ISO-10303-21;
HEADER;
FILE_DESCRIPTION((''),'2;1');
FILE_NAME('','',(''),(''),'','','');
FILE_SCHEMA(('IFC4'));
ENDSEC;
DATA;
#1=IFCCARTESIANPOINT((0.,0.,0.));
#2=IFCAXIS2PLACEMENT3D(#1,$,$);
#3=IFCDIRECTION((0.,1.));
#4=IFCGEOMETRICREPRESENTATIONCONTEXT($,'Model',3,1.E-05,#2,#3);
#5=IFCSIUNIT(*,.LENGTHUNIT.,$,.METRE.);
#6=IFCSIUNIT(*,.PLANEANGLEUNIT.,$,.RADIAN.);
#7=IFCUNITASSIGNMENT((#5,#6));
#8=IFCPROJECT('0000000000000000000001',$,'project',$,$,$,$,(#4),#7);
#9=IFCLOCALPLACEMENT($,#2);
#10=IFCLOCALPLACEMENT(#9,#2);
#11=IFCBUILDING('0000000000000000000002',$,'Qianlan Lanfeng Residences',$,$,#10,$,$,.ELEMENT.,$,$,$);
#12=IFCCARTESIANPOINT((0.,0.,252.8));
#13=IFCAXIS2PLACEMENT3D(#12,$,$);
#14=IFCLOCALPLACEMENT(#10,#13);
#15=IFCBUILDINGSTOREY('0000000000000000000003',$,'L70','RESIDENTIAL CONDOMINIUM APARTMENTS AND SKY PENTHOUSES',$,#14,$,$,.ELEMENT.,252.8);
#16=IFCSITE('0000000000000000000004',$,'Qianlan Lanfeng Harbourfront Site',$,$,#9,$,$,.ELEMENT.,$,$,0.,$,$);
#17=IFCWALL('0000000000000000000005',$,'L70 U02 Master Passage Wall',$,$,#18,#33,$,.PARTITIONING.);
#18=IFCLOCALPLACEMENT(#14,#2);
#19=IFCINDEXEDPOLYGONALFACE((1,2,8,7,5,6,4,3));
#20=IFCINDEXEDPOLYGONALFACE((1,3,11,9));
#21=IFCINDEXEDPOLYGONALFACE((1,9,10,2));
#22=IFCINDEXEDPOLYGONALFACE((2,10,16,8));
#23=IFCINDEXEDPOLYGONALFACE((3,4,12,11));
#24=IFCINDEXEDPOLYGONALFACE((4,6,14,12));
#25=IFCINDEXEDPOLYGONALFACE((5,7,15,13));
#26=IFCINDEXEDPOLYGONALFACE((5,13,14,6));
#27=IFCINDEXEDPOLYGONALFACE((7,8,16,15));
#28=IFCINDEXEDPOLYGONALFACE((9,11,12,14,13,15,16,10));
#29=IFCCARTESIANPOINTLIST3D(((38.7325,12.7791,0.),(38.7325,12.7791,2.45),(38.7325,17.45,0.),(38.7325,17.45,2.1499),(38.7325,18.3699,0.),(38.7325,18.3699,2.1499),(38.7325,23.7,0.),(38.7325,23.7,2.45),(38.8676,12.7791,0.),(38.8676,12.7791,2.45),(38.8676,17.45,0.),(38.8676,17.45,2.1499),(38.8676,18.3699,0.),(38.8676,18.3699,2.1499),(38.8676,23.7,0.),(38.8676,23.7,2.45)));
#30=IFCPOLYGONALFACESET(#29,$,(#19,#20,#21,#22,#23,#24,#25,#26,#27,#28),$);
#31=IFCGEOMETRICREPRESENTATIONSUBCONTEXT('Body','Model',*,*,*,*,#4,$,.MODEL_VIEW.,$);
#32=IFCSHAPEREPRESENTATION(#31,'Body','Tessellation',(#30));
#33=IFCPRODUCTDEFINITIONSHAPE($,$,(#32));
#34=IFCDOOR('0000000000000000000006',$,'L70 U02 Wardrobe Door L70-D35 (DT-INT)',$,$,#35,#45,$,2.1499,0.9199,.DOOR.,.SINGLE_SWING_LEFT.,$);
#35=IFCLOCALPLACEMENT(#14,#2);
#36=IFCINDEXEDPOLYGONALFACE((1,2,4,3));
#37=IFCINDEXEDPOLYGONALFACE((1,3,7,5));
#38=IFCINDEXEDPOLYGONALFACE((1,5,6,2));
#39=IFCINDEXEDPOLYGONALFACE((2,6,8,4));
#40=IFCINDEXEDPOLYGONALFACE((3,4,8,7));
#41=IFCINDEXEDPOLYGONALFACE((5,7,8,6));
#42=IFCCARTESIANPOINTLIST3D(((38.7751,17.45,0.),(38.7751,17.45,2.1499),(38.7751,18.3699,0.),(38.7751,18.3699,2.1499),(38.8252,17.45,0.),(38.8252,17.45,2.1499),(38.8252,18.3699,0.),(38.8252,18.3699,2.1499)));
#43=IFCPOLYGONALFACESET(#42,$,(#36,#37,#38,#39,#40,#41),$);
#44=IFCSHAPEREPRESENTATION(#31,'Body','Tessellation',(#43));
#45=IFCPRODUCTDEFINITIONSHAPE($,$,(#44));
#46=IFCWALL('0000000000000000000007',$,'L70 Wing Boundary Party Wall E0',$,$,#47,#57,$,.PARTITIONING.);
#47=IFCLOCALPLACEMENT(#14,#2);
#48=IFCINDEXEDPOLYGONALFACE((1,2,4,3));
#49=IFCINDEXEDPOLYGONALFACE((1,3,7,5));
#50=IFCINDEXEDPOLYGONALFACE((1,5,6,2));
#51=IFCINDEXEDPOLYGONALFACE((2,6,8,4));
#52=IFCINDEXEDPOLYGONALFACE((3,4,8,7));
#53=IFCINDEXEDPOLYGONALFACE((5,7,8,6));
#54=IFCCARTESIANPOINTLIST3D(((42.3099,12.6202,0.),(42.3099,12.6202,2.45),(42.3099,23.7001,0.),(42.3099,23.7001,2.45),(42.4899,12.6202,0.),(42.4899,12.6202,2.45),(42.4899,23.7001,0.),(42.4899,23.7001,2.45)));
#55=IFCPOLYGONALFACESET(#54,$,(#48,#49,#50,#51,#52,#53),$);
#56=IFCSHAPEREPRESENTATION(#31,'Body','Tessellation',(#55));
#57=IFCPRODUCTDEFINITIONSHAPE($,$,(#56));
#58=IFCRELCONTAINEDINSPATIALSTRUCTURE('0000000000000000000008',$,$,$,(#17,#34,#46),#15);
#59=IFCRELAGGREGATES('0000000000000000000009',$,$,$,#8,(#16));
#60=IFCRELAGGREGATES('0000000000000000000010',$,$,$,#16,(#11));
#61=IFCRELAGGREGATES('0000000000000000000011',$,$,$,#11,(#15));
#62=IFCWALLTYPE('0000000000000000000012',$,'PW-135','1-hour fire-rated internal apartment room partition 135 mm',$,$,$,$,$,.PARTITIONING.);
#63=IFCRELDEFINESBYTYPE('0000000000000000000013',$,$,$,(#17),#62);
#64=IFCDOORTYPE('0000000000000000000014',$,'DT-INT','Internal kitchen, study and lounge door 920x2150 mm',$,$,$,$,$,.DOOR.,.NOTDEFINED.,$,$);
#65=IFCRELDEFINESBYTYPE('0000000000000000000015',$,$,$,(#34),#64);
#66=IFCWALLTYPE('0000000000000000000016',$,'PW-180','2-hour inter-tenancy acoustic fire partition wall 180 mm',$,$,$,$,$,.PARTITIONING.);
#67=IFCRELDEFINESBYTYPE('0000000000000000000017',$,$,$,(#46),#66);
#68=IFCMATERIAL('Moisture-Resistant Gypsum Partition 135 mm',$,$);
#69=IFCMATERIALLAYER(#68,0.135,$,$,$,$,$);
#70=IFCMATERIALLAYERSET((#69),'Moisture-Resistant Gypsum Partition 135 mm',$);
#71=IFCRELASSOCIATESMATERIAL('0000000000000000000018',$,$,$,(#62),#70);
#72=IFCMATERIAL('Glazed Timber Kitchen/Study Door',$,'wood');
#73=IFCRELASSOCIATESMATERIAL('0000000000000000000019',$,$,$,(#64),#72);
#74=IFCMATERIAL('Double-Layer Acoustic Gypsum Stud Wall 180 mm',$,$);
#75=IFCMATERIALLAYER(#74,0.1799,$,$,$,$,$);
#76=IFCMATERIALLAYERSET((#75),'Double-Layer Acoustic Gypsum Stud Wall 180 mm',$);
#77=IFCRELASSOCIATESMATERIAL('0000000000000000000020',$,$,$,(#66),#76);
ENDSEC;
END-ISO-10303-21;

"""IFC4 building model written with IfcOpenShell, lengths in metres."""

from ifc_helpers import new_model, si_unit, direction, frame, frame_2d, origin, place, context, subcontext, project, spatial, rectangle, extrude, material, layer, layer_set, type_object, element, fill, save


model = new_model("IFC4")

# Units and contexts
model_context = context("Model", 3, precision=1e-05, world=origin(), true_north=direction((0.0, 1.0)))
body_context = subcontext(model_context, "Body", "Model", "MODEL_VIEW")
ifc_project = project(units=[si_unit("LENGTHUNIT", "METRE"), si_unit("PLANEANGLEUNIT", "RADIAN")], contexts=[model_context])

# Site, building, storey
site_placement = place(None, origin())
site = spatial("IfcSite", under=ifc_project, at=site_placement, Name="Qianlan Lanfeng Harbourfront Site", CompositionType="ELEMENT", RefElevation=0.0)
building_placement = place(site_placement, origin())
building = spatial("IfcBuilding", under=site, at=building_placement, Name="Qianlan Lanfeng Residences", CompositionType="ELEMENT")
storey_placement = place(building_placement, frame((0.0, 0.0, 252.8)))
storey = spatial("IfcBuildingStorey", under=building, at=storey_placement, Name="L70", Description="RESIDENTIAL CONDOMINIUM APARTMENTS AND SKY PENTHOUSES", CompositionType="ELEMENT", Elevation=252.8)

# Wall, opening, door
ifc_material_1 = material(Name="Moisture-Resistant Gypsum Partition 135 mm")
ifc_layer_1 = layer(ifc_material_1, 0.135)
ifc_layer_set_1 = layer_set([ifc_layer_1], Name="Moisture-Resistant Gypsum Partition 135 mm")
wall_type_1 = type_object("IfcWallType", Name="PW-135", Description="1-hour fire-rated internal apartment room partition 135 mm", PredefinedType="PARTITIONING", material=ifc_layer_set_1)
wall_1_placement = place(storey_placement, frame((38.8, 12.7791, 0.0), z_axis=(0.0, 0.0, 1.0), x_axis=(0.0, 1.0, 0.0)))
wall_1 = element("IfcWall", 1, at=wall_1_placement, inside=storey, type_object=wall_type_1, Name="L70 U02 Master Passage Wall", PredefinedType="PARTITIONING", context=body_context, shape_type="SweptSolid", body=[
    extrude(rectangle(XDim=10.9209, YDim=0.135, at=frame_2d((5.4604, 0.0))), origin(), (0.0, 0.0, 1.0), 2.45),
])
opening_1_placement = place(wall_1_placement, frame((4.6709, 0.0, 0.0)))
opening_1 = element("IfcOpeningElement", 2, at=opening_1_placement, cuts=wall_1, PredefinedType="OPENING", context=body_context, shape_type="SweptSolid", body=[
    extrude(rectangle(XDim=0.9199, YDim=2.1499, at=frame_2d((0.46, 1.075))), frame((0.0, 0.0776, 0.0), z_axis=(0.0, -1.0, 0.0), x_axis=(1.0, 0.0, 0.0)), (0.0, 0.0, 1.0), 0.155),
])
ifc_material_2 = material(Name="Glazed Timber Kitchen/Study Door", Category="wood")
door_type_1 = type_object("IfcDoorType", Name="DT-INT", Description="Internal kitchen, study and lounge door 920x2150 mm", OperationType="NOTDEFINED", PredefinedType="DOOR", material=ifc_material_2)
door_1_placement = place(opening_1_placement, origin())
door_1 = element("IfcDoor", 3, at=door_1_placement, inside=storey, type_object=door_type_1, Name="L70 U02 Wardrobe Door L70-D35 (DT-INT)", OperationType="SINGLE_SWING_LEFT", OverallHeight=2.1499, OverallWidth=0.9199, PredefinedType="DOOR", context=body_context, shape_type="SweptSolid", body=[
    extrude(rectangle(XDim=0.9199, YDim=2.1499, at=frame_2d((0.46, 1.075))), frame((0.0, 0.0249, 0.0), z_axis=(0.0, -1.0, 0.0), x_axis=(1.0, 0.0, 0.0)), (0.0, 0.0, 1.0), 0.05),
])
fill(opening_1, door_1)

# Wall
ifc_material_3 = material(Name="Double-Layer Acoustic Gypsum Stud Wall 180 mm")
ifc_layer_2 = layer(ifc_material_3, 0.1799)
ifc_layer_set_2 = layer_set([ifc_layer_2], Name="Double-Layer Acoustic Gypsum Stud Wall 180 mm")
wall_type_2 = type_object("IfcWallType", Name="PW-180", Description="2-hour inter-tenancy acoustic fire partition wall 180 mm", PredefinedType="PARTITIONING", material=ifc_layer_set_2)
wall_2_placement = place(storey_placement, frame((42.3999, 12.6201, 0.0), z_axis=(0.0, 0.0, 1.0), x_axis=(0.0, 1.0, 0.0)))
element("IfcWall", 4, at=wall_2_placement, inside=storey, type_object=wall_type_2, Name="L70 Wing Boundary Party Wall E0", PredefinedType="PARTITIONING", context=body_context, shape_type="SweptSolid", body=[
    extrude(rectangle(XDim=11.0798, YDim=0.1799, at=frame_2d((5.54, 0.0))), origin(), (0.0, 0.0, 1.0), 2.45),
])

save(model, "model.ifc")
